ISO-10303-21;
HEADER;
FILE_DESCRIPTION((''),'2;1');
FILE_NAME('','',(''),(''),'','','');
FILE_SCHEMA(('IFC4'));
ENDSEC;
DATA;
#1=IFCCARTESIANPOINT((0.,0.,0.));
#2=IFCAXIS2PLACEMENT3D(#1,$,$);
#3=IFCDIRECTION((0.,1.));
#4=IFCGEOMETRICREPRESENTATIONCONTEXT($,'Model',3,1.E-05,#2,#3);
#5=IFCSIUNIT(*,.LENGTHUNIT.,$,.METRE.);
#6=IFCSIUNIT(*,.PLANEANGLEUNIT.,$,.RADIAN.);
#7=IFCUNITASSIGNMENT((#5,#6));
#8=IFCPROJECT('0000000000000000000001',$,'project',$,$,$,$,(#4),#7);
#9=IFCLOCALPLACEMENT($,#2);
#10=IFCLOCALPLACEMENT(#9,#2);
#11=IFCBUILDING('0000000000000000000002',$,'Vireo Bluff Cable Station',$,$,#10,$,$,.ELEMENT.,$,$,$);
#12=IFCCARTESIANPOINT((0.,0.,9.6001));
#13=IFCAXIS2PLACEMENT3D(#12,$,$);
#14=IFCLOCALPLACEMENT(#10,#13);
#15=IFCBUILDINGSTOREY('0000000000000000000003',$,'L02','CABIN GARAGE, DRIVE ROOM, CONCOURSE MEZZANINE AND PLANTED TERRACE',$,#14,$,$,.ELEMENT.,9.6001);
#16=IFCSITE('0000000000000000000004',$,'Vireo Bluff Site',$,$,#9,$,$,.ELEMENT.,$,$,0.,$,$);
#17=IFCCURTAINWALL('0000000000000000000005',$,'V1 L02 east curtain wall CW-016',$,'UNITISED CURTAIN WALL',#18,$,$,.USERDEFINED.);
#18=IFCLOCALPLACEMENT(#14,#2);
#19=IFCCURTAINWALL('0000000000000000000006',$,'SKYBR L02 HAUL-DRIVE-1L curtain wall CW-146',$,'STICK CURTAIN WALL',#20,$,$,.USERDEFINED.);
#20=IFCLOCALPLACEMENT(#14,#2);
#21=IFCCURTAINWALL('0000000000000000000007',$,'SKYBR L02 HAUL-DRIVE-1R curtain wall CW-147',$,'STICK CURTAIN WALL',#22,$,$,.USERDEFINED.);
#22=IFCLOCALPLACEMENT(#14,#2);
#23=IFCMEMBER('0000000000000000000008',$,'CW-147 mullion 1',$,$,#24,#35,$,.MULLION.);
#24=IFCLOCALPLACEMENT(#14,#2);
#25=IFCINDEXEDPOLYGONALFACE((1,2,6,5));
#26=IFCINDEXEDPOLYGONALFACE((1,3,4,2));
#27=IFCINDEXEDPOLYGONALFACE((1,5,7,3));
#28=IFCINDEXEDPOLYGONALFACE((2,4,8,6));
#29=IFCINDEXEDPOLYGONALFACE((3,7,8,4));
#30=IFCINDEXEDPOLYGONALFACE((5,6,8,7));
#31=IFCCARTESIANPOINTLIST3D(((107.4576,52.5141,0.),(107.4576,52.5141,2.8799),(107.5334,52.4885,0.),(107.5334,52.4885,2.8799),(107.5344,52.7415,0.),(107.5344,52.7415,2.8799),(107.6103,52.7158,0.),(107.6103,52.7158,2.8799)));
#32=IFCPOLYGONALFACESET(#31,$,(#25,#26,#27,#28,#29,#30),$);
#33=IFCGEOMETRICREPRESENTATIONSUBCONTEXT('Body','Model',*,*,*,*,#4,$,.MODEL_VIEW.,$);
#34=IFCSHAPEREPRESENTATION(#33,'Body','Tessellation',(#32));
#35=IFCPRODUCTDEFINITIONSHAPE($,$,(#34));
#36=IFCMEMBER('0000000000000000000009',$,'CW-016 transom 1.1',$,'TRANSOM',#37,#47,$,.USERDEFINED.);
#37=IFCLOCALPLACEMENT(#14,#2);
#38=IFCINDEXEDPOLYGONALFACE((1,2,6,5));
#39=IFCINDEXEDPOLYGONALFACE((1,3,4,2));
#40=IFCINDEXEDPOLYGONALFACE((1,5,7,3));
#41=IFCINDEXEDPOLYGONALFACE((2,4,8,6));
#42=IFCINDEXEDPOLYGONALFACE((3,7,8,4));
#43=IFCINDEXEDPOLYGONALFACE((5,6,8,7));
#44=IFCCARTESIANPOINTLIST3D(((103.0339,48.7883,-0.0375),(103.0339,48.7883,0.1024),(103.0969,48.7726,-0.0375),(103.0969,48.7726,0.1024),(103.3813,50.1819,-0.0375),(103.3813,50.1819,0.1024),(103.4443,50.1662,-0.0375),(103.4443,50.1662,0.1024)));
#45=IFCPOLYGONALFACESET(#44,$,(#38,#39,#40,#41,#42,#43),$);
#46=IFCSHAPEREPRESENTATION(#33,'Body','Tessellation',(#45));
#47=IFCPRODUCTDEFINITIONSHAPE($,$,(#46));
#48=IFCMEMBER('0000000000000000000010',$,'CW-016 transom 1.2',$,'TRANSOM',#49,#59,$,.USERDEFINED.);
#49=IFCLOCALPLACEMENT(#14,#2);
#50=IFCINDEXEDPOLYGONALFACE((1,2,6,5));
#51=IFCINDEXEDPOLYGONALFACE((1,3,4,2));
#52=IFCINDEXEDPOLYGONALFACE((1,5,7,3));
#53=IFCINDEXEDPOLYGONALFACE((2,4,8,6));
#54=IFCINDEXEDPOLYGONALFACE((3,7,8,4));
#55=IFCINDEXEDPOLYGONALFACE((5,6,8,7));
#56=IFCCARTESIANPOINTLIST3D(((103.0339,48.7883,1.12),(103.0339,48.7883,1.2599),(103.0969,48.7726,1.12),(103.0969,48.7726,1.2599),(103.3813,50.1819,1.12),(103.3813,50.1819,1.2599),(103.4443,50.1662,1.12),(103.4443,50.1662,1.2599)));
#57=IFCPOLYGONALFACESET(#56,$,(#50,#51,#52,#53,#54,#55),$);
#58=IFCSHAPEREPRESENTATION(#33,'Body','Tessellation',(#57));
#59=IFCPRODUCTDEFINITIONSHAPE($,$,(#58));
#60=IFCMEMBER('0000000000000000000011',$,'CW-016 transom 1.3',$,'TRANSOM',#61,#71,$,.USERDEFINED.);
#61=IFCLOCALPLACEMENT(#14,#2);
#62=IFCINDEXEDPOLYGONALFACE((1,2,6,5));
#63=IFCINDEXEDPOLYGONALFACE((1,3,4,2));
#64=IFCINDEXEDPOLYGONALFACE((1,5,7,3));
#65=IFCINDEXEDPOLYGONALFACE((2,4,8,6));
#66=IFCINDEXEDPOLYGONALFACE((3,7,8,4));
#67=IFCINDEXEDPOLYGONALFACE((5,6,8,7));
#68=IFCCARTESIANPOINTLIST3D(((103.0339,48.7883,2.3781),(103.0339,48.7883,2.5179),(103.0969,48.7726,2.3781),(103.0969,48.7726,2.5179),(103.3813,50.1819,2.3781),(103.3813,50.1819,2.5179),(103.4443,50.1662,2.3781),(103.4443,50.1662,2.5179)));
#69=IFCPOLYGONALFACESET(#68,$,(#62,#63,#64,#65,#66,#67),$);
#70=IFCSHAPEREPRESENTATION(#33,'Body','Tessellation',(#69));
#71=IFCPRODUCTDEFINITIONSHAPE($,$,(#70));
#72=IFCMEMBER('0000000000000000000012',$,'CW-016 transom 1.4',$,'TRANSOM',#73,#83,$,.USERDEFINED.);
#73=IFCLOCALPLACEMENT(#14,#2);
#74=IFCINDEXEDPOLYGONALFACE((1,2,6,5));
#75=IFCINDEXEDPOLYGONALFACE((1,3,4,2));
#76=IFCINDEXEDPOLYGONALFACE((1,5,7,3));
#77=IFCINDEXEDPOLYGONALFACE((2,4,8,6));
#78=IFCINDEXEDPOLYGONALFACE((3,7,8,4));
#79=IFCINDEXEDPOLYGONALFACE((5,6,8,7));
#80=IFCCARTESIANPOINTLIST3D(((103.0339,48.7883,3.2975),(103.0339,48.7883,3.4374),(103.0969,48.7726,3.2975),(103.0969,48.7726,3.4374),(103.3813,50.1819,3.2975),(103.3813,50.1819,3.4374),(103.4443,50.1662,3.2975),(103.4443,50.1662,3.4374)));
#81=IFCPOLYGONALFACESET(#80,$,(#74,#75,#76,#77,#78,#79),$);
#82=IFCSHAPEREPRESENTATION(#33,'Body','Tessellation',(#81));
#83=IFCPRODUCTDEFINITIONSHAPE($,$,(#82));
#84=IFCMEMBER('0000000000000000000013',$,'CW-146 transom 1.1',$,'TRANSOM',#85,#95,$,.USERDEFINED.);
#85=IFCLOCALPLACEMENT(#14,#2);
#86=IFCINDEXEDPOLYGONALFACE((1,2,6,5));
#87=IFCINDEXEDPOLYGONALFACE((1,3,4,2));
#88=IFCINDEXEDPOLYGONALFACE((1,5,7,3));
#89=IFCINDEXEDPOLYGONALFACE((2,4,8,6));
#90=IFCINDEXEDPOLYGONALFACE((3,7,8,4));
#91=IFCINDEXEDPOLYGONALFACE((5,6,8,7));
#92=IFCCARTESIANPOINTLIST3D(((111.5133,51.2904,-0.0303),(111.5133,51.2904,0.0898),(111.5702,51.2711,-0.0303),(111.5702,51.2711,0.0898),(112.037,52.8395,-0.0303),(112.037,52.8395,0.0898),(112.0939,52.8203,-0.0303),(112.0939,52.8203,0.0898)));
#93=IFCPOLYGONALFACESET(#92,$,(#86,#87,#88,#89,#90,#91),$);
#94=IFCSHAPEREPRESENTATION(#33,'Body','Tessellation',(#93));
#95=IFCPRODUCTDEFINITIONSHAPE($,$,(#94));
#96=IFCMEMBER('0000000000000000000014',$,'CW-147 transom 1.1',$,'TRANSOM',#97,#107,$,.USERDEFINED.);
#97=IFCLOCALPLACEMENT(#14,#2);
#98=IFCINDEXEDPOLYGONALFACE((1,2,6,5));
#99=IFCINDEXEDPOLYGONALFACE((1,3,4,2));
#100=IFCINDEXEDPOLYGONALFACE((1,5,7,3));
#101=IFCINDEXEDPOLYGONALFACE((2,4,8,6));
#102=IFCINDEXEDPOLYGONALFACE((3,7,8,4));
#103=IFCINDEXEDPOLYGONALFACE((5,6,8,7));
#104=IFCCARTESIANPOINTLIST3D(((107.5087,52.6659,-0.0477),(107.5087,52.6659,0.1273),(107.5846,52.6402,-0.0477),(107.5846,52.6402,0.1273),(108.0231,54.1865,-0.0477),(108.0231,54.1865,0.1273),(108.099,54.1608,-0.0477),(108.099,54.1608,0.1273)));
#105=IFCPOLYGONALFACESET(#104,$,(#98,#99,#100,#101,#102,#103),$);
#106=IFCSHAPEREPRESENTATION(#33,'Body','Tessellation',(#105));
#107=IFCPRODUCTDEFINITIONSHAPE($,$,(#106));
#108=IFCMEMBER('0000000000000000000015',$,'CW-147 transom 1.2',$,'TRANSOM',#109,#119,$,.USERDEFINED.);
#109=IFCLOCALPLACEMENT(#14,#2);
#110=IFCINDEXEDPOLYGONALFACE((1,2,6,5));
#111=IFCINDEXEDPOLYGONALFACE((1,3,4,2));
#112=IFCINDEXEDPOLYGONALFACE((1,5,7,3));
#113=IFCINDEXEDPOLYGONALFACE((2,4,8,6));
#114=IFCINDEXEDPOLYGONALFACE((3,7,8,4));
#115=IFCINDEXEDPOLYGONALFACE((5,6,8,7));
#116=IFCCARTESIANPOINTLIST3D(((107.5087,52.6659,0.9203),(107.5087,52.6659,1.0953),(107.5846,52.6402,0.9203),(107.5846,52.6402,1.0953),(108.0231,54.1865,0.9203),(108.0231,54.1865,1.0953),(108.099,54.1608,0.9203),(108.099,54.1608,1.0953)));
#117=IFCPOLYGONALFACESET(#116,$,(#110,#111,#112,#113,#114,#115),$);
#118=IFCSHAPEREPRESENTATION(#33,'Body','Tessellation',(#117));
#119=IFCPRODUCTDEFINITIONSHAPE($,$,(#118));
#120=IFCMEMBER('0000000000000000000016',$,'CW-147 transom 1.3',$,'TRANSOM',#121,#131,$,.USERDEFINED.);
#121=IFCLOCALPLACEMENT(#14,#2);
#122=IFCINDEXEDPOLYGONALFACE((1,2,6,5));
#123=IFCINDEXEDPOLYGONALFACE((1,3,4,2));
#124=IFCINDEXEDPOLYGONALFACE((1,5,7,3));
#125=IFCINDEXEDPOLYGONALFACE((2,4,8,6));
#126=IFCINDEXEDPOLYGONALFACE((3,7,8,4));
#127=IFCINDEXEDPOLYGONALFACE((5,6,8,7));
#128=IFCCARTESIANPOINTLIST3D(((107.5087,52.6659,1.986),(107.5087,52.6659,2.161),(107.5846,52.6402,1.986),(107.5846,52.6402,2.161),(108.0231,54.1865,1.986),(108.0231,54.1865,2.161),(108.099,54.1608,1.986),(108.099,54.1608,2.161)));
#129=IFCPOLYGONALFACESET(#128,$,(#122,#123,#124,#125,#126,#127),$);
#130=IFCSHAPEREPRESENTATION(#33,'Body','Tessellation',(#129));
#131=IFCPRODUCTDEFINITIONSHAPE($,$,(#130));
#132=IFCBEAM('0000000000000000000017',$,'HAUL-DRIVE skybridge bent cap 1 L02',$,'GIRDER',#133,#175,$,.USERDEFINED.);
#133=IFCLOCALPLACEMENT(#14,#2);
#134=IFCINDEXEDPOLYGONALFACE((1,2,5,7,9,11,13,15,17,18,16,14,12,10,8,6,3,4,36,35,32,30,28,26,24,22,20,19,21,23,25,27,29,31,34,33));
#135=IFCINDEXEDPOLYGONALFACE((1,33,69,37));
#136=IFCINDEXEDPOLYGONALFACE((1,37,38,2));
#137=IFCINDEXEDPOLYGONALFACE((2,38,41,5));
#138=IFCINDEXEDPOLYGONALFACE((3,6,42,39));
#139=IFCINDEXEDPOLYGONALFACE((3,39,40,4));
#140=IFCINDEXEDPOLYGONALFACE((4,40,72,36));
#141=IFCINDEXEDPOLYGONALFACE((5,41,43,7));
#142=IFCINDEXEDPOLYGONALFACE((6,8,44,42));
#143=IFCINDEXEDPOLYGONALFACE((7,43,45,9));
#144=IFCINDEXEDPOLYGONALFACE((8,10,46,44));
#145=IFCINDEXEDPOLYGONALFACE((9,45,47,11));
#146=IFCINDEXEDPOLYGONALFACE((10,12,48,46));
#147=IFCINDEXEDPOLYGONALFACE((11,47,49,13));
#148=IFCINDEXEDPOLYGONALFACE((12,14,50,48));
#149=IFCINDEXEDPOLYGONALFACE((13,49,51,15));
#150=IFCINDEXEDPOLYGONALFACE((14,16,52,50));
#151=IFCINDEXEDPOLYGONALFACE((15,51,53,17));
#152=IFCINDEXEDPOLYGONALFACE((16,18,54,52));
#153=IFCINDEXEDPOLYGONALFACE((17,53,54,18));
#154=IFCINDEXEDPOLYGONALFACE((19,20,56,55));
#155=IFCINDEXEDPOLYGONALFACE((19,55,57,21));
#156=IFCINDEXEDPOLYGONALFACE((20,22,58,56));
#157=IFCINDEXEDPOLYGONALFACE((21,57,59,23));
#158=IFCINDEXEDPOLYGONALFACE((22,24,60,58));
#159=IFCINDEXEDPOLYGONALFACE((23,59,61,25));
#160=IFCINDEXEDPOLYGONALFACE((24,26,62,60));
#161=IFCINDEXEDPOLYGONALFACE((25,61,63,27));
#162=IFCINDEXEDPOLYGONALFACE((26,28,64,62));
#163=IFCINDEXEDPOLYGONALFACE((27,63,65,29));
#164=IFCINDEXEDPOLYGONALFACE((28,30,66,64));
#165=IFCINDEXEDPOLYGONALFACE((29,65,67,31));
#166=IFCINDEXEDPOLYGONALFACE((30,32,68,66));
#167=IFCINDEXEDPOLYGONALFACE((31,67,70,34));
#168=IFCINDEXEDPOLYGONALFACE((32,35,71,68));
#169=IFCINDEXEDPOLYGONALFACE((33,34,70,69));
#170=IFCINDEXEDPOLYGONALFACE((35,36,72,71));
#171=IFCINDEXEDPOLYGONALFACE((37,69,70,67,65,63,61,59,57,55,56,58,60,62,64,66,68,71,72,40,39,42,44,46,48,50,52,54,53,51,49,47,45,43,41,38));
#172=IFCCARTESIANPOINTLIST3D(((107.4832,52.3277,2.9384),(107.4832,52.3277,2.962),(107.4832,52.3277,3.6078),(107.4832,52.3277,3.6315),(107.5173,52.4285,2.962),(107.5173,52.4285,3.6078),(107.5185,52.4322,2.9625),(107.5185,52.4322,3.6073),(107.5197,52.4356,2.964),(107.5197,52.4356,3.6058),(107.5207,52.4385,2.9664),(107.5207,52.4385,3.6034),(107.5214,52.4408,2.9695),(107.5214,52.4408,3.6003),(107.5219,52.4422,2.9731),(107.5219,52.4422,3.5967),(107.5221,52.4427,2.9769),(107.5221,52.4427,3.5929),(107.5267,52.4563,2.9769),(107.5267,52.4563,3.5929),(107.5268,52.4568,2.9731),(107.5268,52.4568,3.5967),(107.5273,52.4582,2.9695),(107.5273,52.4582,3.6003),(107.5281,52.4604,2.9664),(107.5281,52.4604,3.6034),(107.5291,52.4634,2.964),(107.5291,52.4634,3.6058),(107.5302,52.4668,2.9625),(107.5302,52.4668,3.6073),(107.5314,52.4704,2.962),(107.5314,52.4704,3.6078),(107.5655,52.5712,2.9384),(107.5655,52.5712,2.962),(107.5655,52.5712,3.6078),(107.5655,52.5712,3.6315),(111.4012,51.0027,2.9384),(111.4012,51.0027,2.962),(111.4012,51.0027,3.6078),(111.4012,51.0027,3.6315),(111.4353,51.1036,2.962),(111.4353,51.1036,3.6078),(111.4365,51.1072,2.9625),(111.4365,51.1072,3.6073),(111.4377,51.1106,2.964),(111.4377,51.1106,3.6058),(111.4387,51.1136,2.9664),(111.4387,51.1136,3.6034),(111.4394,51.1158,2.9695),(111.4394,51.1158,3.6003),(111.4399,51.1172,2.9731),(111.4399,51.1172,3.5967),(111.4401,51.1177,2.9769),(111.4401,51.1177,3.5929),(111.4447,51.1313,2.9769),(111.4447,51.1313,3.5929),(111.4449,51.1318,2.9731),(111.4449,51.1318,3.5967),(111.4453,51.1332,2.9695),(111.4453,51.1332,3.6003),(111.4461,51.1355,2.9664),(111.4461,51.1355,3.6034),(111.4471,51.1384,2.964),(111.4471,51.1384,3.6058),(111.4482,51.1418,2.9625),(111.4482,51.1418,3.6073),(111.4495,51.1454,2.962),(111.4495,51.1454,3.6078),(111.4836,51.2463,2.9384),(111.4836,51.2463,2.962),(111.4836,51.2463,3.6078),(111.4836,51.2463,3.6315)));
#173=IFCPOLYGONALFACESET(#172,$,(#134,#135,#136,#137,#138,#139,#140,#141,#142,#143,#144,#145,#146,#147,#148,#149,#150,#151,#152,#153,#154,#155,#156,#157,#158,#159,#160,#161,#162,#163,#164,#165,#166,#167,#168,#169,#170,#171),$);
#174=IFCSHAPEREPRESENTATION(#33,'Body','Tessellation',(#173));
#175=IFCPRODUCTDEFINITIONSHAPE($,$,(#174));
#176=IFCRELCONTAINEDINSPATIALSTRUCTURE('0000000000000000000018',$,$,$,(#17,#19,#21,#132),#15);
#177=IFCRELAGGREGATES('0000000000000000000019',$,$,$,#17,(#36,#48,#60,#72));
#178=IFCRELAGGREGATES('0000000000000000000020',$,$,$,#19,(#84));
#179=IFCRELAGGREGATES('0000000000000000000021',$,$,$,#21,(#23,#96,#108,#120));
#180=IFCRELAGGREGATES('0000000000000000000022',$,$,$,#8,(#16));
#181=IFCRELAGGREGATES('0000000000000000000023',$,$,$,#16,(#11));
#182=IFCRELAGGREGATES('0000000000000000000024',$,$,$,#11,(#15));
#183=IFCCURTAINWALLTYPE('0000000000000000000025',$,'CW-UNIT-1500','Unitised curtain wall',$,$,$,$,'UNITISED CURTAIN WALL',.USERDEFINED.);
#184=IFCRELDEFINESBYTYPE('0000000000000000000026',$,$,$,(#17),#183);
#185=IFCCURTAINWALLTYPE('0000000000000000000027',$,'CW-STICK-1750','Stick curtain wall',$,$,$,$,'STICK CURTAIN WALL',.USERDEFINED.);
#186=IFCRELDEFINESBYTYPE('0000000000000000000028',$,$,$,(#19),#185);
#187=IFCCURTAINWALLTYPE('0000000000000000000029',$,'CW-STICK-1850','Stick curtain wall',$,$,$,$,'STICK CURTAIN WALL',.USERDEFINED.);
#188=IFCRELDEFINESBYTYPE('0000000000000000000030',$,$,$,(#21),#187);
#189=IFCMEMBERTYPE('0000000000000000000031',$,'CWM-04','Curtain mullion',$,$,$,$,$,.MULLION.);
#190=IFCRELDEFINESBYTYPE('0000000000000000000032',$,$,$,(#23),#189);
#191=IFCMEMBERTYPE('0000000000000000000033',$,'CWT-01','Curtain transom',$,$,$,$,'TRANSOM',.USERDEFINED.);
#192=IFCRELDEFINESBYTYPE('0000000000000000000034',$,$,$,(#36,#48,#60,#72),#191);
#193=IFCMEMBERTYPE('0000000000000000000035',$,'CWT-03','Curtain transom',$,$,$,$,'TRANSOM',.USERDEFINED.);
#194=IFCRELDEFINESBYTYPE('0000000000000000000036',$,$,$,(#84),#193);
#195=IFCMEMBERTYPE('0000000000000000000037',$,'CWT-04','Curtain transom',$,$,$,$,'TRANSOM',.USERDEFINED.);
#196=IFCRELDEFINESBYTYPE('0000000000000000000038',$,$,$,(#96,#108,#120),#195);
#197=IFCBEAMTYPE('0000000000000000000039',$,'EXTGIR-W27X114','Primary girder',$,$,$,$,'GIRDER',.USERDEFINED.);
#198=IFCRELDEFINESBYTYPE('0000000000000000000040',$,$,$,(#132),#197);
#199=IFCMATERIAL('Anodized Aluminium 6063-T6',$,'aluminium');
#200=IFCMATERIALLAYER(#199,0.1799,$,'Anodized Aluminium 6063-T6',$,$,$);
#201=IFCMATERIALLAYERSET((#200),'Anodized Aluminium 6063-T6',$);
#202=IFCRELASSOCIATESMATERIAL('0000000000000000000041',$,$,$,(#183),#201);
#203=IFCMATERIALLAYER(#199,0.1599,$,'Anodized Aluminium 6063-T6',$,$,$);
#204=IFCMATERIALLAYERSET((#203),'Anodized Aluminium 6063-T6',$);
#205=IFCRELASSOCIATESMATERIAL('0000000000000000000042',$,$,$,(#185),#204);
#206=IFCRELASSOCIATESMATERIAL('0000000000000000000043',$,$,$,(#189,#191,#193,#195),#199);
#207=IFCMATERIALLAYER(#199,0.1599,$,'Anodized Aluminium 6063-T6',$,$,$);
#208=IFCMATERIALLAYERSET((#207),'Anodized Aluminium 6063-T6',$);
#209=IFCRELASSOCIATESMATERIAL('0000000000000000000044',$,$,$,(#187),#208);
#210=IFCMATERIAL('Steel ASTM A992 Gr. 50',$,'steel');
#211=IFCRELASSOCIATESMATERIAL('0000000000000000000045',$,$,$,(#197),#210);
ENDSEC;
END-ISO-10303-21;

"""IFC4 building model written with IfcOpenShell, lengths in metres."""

from ifc_helpers import new_model, si_unit, direction, frame, origin, origin_2d, place, context, subcontext, project, spatial, rectangle, i_section, extrude, material, layer, layer_set, material_profile, profile_set, type_object, element, aggregate, save


model = new_model("IFC4")

# Units and contexts
model_context = context("Model", 3, precision=1e-05, world=origin(), true_north=direction((0.0, 1.0)))
body_context = subcontext(model_context, "Body", "Model", "MODEL_VIEW")
ifc_project = project(units=[si_unit("LENGTHUNIT", "METRE"), si_unit("PLANEANGLEUNIT", "RADIAN")], contexts=[model_context])

# Site, building, storey
site_placement = place(None, origin())
site = spatial("IfcSite", under=ifc_project, at=site_placement, Name="Vireo Bluff Site", CompositionType="ELEMENT", RefElevation=0.0)
building_placement = place(site_placement, origin())
building = spatial("IfcBuilding", under=site, at=building_placement, Name="Vireo Bluff Cable Station", CompositionType="ELEMENT")
storey_placement = place(building_placement, frame((0.0, 0.0, 9.6001)))
storey = spatial("IfcBuildingStorey", under=building, at=storey_placement, Name="L02", Description="CABIN GARAGE, DRIVE ROOM, CONCOURSE MEZZANINE AND PLANTED TERRACE", CompositionType="ELEMENT", Elevation=9.6001)

# Shared definitions
ifc_material_1 = material(Name="Steel ASTM A992 Gr. 50", Category="steel")

# Curtain walls, member
ifc_material_2 = material(Name="Anodized Aluminium 6063-T6", Category="aluminium")
ifc_layer_1 = layer(ifc_material_2, 0.1799, Name="Anodized Aluminium 6063-T6")
ifc_layer_set_1 = layer_set([ifc_layer_1], Name="Anodized Aluminium 6063-T6")
curtain_wall_type_1 = type_object("IfcCurtainWallType", Name="CW-UNIT-1500", Description="Unitised curtain wall", ElementType="UNITISED CURTAIN WALL", PredefinedType="USERDEFINED", material=ifc_layer_set_1)
curtain_wall_1_placement = place(storey_placement, origin())
curtain_wall_1 = element("IfcCurtainWall", 1, at=curtain_wall_1_placement, inside=storey, type_object=curtain_wall_type_1, Name="V1 L02 east curtain wall CW-016", ObjectType="UNITISED CURTAIN WALL", PredefinedType="USERDEFINED")
ifc_layer_2 = layer(ifc_material_2, 0.1599, Name="Anodized Aluminium 6063-T6")
ifc_layer_set_2 = layer_set([ifc_layer_2], Name="Anodized Aluminium 6063-T6")
curtain_wall_type_2 = type_object("IfcCurtainWallType", Name="CW-STICK-1750", Description="Stick curtain wall", ElementType="STICK CURTAIN WALL", PredefinedType="USERDEFINED", material=ifc_layer_set_2)
curtain_wall_2_placement = place(storey_placement, origin())
curtain_wall_2 = element("IfcCurtainWall", 2, at=curtain_wall_2_placement, inside=storey, type_object=curtain_wall_type_2, Name="SKYBR L02 HAUL-DRIVE-1L curtain wall CW-146", ObjectType="STICK CURTAIN WALL", PredefinedType="USERDEFINED")
ifc_material_profile_1 = material_profile(ifc_material_2, rectangle(XDim=0.0801, YDim=0.24, at=origin_2d()), Name="ALU-M-80X240")
ifc_profile_set_1 = profile_set([ifc_material_profile_1], Name="Anodized Aluminium 6063-T6")
member_type_1 = type_object("IfcMemberType", Name="CWM-04", Description="Curtain mullion", PredefinedType="MULLION", material=ifc_profile_set_1)
ifc_layer_3 = layer(ifc_material_2, 0.1599, Name="Anodized Aluminium 6063-T6")
ifc_layer_set_3 = layer_set([ifc_layer_3], Name="Anodized Aluminium 6063-T6")
curtain_wall_type_3 = type_object("IfcCurtainWallType", Name="CW-STICK-1850", Description="Stick curtain wall", ElementType="STICK CURTAIN WALL", PredefinedType="USERDEFINED", material=ifc_layer_set_3)
curtain_wall_3_placement = place(storey_placement, origin())
curtain_wall_3 = element("IfcCurtainWall", 3, at=curtain_wall_3_placement, inside=storey, type_object=curtain_wall_type_3, Name="SKYBR L02 HAUL-DRIVE-1R curtain wall CW-147", ObjectType="STICK CURTAIN WALL", PredefinedType="USERDEFINED")
member_1_placement = place(storey_placement, frame((107.5339, 52.615, 0.0), z_axis=(0.0, 0.0, 1.0), x_axis=(-0.947295, 0.320364, 0.0)))
member_1 = element("IfcMember", 4, at=member_1_placement, type_object=member_type_1, Name="CW-147 mullion 1", PredefinedType="MULLION", context=body_context, shape_type="SweptSolid", body=[
    extrude(rectangle(XDim=0.0801, YDim=0.24, at=origin_2d()), origin(), (0.0, 0.0, 1.0), 2.8799),
])

# Members
ifc_material_profile_2 = material_profile(ifc_material_2, rectangle(XDim=0.0649, YDim=0.1399, at=origin_2d()), Name="ALU-T-65X140")
ifc_profile_set_2 = profile_set([ifc_material_profile_2], Name="Anodized Aluminium 6063-T6")
member_type_2 = type_object("IfcMemberType", Name="CWT-01", Description="Curtain transom", ElementType="TRANSOM", PredefinedType="USERDEFINED", material=ifc_profile_set_2)
member_2_placement = place(storey_placement, frame((103.4128, 50.1741, 0.0325), z_axis=(-0.241896, -0.970302, 0.0), x_axis=(0.970302, -0.241896, 0.0)))
member_2 = element("IfcMember", 5, at=member_2_placement, type_object=member_type_2, Name="CW-016 transom 1.1", ObjectType="TRANSOM", PredefinedType="USERDEFINED", context=body_context, shape_type="SweptSolid", body=[
    extrude(rectangle(XDim=0.0649, YDim=0.1399, at=origin_2d()), origin(), (0.0, 0.0, 1.0), 1.4363),
])
member_3_placement = place(storey_placement, frame((103.4128, 50.1741, 1.1899), z_axis=(-0.241896, -0.970302, 0.0), x_axis=(0.970302, -0.241896, 0.0)))
member_3 = element("IfcMember", 6, at=member_3_placement, type_object=member_type_2, Name="CW-016 transom 1.2", ObjectType="TRANSOM", PredefinedType="USERDEFINED", context=body_context, shape_type="SweptSolid", body=[
    extrude(rectangle(XDim=0.0649, YDim=0.1399, at=origin_2d()), origin(), (0.0, 0.0, 1.0), 1.4363),
])
member_4_placement = place(storey_placement, frame((103.4128, 50.1741, 2.448), z_axis=(-0.241896, -0.970302, 0.0), x_axis=(0.970302, -0.241896, 0.0)))
member_4 = element("IfcMember", 7, at=member_4_placement, type_object=member_type_2, Name="CW-016 transom 1.3", ObjectType="TRANSOM", PredefinedType="USERDEFINED", context=body_context, shape_type="SweptSolid", body=[
    extrude(rectangle(XDim=0.0649, YDim=0.1399, at=origin_2d()), origin(), (0.0, 0.0, 1.0), 1.4363),
])
member_5_placement = place(storey_placement, frame((103.4128, 50.1741, 3.3674), z_axis=(-0.241896, -0.970302, 0.0), x_axis=(0.970302, -0.241896, 0.0)))
member_5 = element("IfcMember", 8, at=member_5_placement, type_object=member_type_2, Name="CW-016 transom 1.4", ObjectType="TRANSOM", PredefinedType="USERDEFINED", context=body_context, shape_type="SweptSolid", body=[
    extrude(rectangle(XDim=0.0649, YDim=0.1399, at=origin_2d()), origin(), (0.0, 0.0, 1.0), 1.4363),
])
aggregate(curtain_wall_1, [member_2, member_3, member_4, member_5])
ifc_material_profile_3 = material_profile(ifc_material_2, rectangle(XDim=0.0601, YDim=0.1201, at=origin_2d()), Name="ALU-T-60X120")
ifc_profile_set_3 = profile_set([ifc_material_profile_3], Name="Anodized Aluminium 6063-T6")
member_type_3 = type_object("IfcMemberType", Name="CWT-03", Description="Curtain transom", ElementType="TRANSOM", PredefinedType="USERDEFINED", material=ifc_profile_set_3)
member_6_placement = place(storey_placement, frame((111.5417, 51.2808, 0.0298), z_axis=(0.320256, 0.947331, 0.0), x_axis=(-0.947331, 0.320256, 0.0)))
member_6 = element("IfcMember", 9, at=member_6_placement, type_object=member_type_3, Name="CW-146 transom 1.1", ObjectType="TRANSOM", PredefinedType="USERDEFINED", context=body_context, shape_type="SweptSolid", body=[
    extrude(rectangle(XDim=0.0601, YDim=0.1201, at=origin_2d()), origin(), (0.0, 0.0, 1.0), 1.6353),
])
aggregate(curtain_wall_2, [member_6])
ifc_material_profile_4 = material_profile(ifc_material_2, rectangle(XDim=0.0801, YDim=0.175, at=origin_2d()), Name="ALU-T-80X175")
ifc_profile_set_4 = profile_set([ifc_material_profile_4], Name="Anodized Aluminium 6063-T6")
member_type_4 = type_object("IfcMemberType", Name="CWT-04", Description="Curtain transom", ElementType="TRANSOM", PredefinedType="USERDEFINED", material=ifc_profile_set_4)
member_7_placement = place(storey_placement, frame((107.5466, 52.6531, 0.0398), z_axis=(0.320468, 0.947259, 0.0), x_axis=(-0.947259, 0.320468, 0.0)))
member_7 = element("IfcMember", 10, at=member_7_placement, type_object=member_type_4, Name="CW-147 transom 1.1", ObjectType="TRANSOM", PredefinedType="USERDEFINED", context=body_context, shape_type="SweptSolid", body=[
    extrude(rectangle(XDim=0.0801, YDim=0.175, at=origin_2d()), origin(), (0.0, 0.0, 1.0), 1.6052),
])
member_8_placement = place(storey_placement, frame((107.5466, 52.6531, 1.0078), z_axis=(0.320468, 0.947259, 0.0), x_axis=(-0.947259, 0.320468, 0.0)))
member_8 = element("IfcMember", 11, at=member_8_placement, type_object=member_type_4, Name="CW-147 transom 1.2", ObjectType="TRANSOM", PredefinedType="USERDEFINED", context=body_context, shape_type="SweptSolid", body=[
    extrude(rectangle(XDim=0.0801, YDim=0.175, at=origin_2d()), origin(), (0.0, 0.0, 1.0), 1.6052),
])
member_9_placement = place(storey_placement, frame((107.5466, 52.6531, 2.0735), z_axis=(0.320468, 0.947259, 0.0), x_axis=(-0.947259, 0.320468, 0.0)))
member_9 = element("IfcMember", 12, at=member_9_placement, type_object=member_type_4, Name="CW-147 transom 1.3", ObjectType="TRANSOM", PredefinedType="USERDEFINED", context=body_context, shape_type="SweptSolid", body=[
    extrude(rectangle(XDim=0.0801, YDim=0.175, at=origin_2d()), origin(), (0.0, 0.0, 1.0), 1.6052),
])
aggregate(curtain_wall_3, [member_1, member_7, member_8, member_9])

# Beam
ifc_material_profile_5 = material_profile(ifc_material_1, i_section(OverallWidth=0.2571, OverallDepth=0.6931, WebThickness=0.0144, FlangeThickness=0.0237, FilletRadius=0.0149, at=origin_2d()), Name="W27X114")
ifc_profile_set_5 = profile_set([ifc_material_profile_5], Name="Steel ASTM A992 Gr. 50")
beam_type_1 = type_object("IfcBeamType", Name="EXTGIR-W27X114", Description="Primary girder", ElementType="GIRDER", PredefinedType="USERDEFINED", material=ifc_profile_set_5)
beam_1_placement = place(storey_placement, frame((111.4424, 51.1245, 3.2849), z_axis=(-0.947299, 0.320351, 0.0), x_axis=(-0.320351, -0.947299, 0.0)))
element("IfcBeam", 13, at=beam_1_placement, inside=storey, type_object=beam_type_1, Name="HAUL-DRIVE skybridge bent cap 1 L02", ObjectType="GIRDER", PredefinedType="USERDEFINED", context=body_context, shape_type="SweptSolid", body=[
    extrude(i_section(OverallWidth=0.2571, OverallDepth=0.6931, WebThickness=0.0144, FlangeThickness=0.0237, FilletRadius=0.0149, at=origin_2d()), origin(), (0.0, 0.0, 1.0), 4.136),
])

save(model, "model.ifc")
